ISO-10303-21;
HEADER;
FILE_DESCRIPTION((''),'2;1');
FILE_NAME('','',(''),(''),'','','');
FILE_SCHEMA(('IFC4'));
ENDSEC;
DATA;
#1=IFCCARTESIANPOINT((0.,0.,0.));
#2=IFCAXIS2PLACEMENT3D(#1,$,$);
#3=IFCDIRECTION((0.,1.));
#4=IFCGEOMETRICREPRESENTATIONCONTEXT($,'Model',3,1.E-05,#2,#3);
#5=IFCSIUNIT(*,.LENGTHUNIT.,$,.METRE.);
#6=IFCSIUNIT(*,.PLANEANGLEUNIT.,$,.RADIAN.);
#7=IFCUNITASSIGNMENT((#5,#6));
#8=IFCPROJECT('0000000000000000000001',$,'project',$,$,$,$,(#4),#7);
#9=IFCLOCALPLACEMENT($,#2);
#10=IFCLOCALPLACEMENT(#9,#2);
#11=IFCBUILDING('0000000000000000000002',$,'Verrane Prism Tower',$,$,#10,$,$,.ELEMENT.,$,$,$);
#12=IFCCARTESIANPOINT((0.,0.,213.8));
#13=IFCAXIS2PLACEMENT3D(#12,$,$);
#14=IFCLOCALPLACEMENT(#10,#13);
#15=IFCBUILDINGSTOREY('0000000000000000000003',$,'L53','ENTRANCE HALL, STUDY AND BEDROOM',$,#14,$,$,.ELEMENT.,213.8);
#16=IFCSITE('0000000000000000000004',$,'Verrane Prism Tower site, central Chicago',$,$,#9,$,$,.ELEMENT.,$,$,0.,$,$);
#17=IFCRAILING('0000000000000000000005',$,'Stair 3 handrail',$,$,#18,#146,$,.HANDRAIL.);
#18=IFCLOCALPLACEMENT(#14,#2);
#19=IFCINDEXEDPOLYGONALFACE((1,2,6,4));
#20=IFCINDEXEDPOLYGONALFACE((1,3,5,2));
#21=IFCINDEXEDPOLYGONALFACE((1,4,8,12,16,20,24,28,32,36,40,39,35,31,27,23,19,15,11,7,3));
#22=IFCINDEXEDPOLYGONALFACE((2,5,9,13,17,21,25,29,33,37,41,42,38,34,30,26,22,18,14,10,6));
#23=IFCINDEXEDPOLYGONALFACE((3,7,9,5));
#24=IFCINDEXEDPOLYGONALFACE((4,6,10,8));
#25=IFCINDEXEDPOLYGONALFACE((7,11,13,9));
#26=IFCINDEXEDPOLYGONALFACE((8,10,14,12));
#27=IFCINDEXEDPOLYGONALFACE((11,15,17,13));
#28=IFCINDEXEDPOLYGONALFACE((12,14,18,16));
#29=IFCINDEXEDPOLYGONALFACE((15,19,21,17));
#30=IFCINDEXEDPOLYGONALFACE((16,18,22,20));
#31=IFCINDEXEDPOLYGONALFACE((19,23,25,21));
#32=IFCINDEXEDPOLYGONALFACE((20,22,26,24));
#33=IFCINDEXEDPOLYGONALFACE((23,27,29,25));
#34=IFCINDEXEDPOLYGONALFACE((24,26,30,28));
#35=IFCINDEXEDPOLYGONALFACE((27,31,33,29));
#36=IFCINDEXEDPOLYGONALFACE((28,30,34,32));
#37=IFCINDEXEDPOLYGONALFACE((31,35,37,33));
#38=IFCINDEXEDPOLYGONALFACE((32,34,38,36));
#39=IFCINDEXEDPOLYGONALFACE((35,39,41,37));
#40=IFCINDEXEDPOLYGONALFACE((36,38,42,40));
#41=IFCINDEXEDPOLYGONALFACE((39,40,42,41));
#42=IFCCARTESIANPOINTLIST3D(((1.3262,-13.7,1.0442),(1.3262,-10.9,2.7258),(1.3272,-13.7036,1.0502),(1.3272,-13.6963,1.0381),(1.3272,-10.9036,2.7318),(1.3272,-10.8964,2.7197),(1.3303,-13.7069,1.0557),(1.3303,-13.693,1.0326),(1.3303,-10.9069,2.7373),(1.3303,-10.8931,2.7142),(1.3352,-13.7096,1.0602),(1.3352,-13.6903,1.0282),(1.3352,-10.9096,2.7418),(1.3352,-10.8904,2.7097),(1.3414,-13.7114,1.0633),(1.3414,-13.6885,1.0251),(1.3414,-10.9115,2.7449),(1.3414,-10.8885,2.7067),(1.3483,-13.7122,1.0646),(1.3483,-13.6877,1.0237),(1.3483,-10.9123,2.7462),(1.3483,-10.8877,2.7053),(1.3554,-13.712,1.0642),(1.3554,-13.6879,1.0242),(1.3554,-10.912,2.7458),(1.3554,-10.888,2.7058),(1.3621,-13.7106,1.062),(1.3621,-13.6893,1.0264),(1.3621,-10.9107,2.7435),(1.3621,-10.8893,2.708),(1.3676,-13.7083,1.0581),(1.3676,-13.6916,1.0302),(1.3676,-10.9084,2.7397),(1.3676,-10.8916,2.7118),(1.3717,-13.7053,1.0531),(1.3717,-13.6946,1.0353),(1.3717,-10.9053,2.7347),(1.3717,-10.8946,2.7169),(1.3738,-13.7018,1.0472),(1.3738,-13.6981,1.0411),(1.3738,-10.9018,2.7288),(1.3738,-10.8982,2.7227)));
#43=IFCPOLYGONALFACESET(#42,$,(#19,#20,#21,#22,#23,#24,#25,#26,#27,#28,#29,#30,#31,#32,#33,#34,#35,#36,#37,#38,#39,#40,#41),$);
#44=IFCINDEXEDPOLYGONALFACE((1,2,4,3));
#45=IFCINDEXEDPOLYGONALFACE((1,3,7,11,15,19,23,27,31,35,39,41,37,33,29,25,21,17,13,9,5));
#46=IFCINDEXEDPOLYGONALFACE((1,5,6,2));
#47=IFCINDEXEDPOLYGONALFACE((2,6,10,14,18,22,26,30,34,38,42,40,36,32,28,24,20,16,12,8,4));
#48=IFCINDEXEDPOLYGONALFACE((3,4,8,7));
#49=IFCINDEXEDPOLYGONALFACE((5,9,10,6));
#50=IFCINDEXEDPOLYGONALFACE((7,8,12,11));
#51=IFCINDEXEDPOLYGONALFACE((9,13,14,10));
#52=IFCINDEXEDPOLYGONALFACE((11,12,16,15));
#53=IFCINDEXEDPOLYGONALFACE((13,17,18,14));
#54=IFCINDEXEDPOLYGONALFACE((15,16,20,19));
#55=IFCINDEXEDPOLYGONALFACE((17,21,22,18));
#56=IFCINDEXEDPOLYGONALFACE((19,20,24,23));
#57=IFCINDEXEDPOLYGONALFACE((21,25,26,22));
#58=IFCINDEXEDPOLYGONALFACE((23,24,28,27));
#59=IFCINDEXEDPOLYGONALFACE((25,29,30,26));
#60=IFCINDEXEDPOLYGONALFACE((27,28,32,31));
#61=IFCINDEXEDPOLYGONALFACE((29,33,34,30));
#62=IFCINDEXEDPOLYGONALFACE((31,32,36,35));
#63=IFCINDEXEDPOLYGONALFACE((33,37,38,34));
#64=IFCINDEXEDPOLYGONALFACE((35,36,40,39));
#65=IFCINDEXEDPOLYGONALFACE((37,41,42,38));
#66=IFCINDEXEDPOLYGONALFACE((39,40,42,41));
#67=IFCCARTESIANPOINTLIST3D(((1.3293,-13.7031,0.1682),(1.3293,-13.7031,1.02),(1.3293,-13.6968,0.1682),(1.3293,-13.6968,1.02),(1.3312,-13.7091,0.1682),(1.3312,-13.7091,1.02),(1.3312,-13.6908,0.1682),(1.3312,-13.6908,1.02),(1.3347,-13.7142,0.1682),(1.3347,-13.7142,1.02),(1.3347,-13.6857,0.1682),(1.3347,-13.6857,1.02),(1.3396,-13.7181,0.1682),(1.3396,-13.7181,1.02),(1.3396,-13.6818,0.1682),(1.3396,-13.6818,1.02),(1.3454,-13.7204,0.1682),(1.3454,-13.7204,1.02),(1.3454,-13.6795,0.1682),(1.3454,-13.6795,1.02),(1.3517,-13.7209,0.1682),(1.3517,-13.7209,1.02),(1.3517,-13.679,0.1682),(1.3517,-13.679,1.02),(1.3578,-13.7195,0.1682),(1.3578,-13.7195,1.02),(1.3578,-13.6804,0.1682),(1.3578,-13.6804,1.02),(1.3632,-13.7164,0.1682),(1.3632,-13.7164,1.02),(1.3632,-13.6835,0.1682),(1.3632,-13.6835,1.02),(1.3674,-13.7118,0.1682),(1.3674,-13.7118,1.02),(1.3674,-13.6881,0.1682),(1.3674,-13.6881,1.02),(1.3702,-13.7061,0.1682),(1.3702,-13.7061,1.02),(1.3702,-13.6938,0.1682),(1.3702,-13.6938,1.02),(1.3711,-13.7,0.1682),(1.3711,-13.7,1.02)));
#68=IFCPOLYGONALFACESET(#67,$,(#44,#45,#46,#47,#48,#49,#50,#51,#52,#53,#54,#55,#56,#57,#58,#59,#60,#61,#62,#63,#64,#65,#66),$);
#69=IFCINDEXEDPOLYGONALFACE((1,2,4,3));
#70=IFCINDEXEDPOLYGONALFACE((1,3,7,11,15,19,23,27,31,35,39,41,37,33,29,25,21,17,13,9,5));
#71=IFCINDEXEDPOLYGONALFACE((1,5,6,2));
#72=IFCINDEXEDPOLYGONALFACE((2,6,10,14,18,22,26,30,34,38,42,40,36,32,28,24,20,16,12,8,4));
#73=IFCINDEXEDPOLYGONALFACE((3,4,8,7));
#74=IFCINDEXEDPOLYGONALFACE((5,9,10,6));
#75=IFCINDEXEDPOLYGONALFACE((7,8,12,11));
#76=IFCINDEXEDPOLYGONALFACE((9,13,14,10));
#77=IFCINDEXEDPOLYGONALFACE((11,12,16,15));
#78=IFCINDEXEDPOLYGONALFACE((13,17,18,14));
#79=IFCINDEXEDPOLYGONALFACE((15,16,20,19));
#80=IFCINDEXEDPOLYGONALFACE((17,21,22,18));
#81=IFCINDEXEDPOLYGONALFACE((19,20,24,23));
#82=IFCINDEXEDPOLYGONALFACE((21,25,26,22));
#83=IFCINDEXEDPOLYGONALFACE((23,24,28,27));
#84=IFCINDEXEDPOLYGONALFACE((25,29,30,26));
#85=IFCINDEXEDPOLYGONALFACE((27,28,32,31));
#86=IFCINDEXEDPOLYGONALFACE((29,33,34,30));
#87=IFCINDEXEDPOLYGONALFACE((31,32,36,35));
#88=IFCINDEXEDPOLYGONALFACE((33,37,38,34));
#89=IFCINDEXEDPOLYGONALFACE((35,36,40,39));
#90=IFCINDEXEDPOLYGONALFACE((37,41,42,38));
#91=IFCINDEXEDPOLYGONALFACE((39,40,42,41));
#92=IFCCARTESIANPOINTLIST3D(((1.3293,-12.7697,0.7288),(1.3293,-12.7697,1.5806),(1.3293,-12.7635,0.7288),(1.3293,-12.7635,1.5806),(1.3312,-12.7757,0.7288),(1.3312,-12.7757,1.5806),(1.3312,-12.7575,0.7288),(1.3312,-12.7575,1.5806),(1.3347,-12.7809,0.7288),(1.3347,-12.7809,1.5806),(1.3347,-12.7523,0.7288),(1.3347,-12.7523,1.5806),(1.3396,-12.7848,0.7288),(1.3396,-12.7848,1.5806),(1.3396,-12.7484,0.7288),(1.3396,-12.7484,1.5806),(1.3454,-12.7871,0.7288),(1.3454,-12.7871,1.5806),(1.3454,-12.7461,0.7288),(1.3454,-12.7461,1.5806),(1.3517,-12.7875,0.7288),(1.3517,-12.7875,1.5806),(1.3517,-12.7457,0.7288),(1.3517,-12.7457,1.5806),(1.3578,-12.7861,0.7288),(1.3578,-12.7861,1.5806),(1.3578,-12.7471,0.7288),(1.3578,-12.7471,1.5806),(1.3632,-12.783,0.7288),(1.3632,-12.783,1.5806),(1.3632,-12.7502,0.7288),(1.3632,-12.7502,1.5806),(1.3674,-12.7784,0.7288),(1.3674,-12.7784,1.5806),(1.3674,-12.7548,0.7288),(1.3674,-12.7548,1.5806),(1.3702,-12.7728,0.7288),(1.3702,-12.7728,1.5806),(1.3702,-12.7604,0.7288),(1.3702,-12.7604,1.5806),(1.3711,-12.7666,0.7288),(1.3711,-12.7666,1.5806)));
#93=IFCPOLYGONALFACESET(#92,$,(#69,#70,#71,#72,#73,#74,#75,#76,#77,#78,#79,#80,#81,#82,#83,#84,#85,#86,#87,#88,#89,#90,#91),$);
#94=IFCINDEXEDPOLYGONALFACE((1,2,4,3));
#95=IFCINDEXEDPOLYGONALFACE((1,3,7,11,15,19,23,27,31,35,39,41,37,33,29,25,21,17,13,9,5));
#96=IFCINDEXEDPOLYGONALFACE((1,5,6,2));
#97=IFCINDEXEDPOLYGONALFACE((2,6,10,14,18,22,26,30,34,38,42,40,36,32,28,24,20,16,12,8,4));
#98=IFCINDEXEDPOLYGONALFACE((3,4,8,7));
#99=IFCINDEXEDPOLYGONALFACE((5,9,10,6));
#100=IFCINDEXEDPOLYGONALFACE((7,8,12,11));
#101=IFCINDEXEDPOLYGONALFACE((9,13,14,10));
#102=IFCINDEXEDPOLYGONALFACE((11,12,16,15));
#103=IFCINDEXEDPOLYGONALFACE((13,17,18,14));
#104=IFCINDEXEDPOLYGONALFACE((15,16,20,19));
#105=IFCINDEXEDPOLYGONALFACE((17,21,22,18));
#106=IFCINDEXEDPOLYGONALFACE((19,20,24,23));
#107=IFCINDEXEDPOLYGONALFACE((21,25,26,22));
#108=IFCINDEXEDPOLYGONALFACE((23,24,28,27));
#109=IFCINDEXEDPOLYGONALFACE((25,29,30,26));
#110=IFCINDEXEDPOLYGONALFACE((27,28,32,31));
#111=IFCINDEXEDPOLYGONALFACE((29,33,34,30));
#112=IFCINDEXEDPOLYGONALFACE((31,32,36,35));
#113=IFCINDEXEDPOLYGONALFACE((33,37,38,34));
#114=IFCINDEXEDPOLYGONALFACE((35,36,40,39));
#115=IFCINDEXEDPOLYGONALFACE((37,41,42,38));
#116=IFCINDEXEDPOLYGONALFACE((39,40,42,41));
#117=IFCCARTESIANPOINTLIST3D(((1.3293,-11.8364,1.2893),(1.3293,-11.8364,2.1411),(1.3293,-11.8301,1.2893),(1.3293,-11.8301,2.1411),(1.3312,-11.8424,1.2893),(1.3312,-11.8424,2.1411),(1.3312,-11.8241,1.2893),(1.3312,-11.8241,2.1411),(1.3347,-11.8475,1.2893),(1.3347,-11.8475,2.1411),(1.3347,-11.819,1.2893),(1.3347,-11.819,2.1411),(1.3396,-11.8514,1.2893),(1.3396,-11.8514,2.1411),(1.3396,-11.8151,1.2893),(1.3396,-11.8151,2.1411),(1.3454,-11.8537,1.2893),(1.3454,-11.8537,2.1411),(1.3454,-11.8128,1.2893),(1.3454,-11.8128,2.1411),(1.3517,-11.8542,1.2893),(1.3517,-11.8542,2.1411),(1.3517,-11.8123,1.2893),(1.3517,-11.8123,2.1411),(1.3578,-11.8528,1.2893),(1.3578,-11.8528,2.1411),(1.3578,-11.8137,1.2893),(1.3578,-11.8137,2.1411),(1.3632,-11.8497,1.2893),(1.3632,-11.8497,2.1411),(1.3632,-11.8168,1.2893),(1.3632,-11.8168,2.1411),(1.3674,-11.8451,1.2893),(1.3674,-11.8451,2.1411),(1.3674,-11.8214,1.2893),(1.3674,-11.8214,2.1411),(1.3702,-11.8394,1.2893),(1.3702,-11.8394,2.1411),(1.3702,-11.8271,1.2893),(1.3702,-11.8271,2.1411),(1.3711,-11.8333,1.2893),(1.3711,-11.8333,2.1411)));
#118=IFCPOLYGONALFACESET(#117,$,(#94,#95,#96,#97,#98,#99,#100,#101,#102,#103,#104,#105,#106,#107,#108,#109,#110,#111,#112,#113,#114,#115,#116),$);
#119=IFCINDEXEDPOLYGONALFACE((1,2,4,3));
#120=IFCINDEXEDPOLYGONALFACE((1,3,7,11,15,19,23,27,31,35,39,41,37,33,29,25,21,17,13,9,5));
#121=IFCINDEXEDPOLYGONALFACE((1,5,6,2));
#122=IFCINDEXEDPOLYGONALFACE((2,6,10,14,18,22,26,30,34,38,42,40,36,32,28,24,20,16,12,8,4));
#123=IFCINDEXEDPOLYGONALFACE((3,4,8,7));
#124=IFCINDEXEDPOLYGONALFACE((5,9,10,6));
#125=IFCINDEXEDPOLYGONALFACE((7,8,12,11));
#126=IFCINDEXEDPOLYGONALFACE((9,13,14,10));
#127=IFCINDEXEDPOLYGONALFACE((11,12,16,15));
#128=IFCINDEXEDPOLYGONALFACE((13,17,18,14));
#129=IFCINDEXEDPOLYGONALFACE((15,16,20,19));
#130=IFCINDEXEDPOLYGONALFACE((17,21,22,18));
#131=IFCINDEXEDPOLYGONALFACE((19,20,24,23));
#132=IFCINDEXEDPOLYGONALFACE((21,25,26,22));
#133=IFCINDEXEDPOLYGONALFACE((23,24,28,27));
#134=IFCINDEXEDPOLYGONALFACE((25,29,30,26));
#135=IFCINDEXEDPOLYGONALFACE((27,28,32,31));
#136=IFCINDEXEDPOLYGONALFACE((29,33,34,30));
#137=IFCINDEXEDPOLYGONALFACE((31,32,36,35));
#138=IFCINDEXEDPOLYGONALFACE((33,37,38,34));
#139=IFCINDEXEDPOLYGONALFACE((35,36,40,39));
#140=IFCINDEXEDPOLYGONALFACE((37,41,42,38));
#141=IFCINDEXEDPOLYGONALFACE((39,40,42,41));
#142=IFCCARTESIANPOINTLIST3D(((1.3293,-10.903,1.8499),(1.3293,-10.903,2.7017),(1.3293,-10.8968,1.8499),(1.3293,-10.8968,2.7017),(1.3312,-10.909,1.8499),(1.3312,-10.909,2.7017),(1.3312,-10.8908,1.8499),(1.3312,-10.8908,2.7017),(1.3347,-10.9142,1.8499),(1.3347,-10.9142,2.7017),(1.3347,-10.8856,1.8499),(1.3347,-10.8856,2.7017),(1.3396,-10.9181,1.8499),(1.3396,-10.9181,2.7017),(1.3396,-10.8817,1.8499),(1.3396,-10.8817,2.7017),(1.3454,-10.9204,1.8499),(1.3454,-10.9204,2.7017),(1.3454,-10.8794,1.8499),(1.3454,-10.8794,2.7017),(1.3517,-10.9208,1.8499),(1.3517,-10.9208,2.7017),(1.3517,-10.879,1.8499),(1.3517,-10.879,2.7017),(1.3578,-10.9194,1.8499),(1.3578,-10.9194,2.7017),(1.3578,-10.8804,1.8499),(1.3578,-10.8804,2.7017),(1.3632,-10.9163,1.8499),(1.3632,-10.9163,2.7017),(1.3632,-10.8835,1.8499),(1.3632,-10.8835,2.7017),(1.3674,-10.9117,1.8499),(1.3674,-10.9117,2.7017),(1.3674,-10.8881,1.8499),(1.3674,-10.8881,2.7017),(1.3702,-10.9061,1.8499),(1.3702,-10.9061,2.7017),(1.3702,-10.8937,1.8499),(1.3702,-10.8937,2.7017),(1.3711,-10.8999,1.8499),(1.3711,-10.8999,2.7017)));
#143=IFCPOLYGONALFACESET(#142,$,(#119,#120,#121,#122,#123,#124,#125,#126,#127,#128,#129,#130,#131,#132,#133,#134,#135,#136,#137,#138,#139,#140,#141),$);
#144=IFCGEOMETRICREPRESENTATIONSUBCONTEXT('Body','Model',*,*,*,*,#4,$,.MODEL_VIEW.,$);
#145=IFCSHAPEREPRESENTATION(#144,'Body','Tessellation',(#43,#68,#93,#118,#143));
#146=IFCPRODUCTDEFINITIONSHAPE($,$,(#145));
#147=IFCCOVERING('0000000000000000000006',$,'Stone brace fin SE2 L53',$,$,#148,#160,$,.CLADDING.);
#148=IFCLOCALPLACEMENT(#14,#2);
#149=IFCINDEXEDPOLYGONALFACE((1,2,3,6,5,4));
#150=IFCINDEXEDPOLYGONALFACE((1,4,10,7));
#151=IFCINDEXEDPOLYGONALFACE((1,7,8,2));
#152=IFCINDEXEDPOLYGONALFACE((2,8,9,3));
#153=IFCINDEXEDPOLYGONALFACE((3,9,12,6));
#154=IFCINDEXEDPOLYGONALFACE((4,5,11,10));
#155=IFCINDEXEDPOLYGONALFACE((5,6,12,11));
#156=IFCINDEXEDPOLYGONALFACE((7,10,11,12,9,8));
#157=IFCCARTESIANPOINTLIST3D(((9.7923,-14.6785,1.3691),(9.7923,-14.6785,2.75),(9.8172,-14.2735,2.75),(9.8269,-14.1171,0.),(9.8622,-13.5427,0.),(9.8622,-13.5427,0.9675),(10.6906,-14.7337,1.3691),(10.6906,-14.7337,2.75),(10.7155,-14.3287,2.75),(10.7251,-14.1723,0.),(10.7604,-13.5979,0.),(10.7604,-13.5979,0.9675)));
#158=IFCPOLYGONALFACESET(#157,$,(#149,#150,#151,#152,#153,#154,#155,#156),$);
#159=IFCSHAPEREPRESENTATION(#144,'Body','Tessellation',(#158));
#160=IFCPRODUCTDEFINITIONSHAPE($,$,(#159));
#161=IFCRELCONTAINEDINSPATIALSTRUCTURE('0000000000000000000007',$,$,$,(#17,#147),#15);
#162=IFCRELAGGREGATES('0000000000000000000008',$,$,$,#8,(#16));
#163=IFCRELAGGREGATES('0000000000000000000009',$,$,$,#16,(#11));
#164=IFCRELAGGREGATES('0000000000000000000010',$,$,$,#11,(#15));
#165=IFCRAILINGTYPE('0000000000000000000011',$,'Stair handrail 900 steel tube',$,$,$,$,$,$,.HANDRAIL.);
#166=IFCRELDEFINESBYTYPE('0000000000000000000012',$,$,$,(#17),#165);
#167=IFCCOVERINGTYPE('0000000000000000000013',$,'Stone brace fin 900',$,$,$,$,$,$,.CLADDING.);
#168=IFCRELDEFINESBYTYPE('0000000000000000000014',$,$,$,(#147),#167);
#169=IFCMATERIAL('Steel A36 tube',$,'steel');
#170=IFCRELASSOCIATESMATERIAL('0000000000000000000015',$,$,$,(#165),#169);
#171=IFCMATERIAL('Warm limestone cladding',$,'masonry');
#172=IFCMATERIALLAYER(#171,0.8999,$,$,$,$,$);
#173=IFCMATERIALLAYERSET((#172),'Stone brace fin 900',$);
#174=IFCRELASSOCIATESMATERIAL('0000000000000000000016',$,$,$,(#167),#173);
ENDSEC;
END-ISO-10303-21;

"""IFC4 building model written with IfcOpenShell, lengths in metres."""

from ifc_helpers import new_model, si_unit, direction, frame, origin, origin_2d, place, context, subcontext, project, spatial, polyline, circle, outline, extrude, material, layer, layer_set, type_object, element, save


model = new_model("IFC4")

# Units and contexts
model_context = context("Model", 3, precision=1e-05, world=origin(), true_north=direction((0.0, 1.0)))
body_context = subcontext(model_context, "Body", "Model", "MODEL_VIEW")
ifc_project = project(units=[si_unit("LENGTHUNIT", "METRE"), si_unit("PLANEANGLEUNIT", "RADIAN")], contexts=[model_context])

# Site, building, storey
site_placement = place(None, origin())
site = spatial("IfcSite", under=ifc_project, at=site_placement, Name="Verrane Prism Tower site, central Chicago", CompositionType="ELEMENT", RefElevation=0.0)
building_placement = place(site_placement, origin())
building = spatial("IfcBuilding", under=site, at=building_placement, Name="Verrane Prism Tower", CompositionType="ELEMENT")
storey_placement = place(building_placement, frame((0.0, 0.0, 213.8)))
storey = spatial("IfcBuildingStorey", under=building, at=storey_placement, Name="L53", Description="ENTRANCE HALL, STUDY AND BEDROOM", CompositionType="ELEMENT", Elevation=213.8)

# Railing
ifc_material_1 = material(Name="Steel A36 tube", Category="steel")
railing_type_1 = type_object("IfcRailingType", Name="Stair handrail 900 steel tube", PredefinedType="HANDRAIL", material=ifc_material_1)
railing_1_placement = place(storey_placement, frame((1.3501, -13.7, 0.1682)))
element("IfcRailing", 1, at=railing_1_placement, inside=storey, type_object=railing_type_1, Name="Stair 3 handrail", PredefinedType="HANDRAIL", context=body_context, shape_type="SweptSolid", body=[
    extrude(circle(Radius=0.0239, at=origin_2d()), frame((0.0, 0.0, 0.876), z_axis=(0.0, 0.857275, 0.514858), x_axis=(-1.0, 0.0, 0.0)), (0.0, 0.0, 1.0), 3.2661),
    extrude(circle(Radius=0.021, at=origin_2d()), origin(), (0.0, 0.0, 1.0), 0.8518),
    extrude(circle(Radius=0.021, at=origin_2d()), frame((0.0, 0.9333, 0.5605)), (0.0, 0.0, 1.0), 0.8518),
    extrude(circle(Radius=0.021, at=origin_2d()), frame((0.0, 1.8667, 1.1211)), (0.0, 0.0, 1.0), 0.8518),
    extrude(circle(Radius=0.021, at=origin_2d()), frame((0.0, 2.8, 1.6816)), (0.0, 0.0, 1.0), 0.8518),
])

# Covering
ifc_material_2 = material(Name="Warm limestone cladding", Category="masonry")
ifc_layer_1 = layer(ifc_material_2, 0.8999)
ifc_layer_set_1 = layer_set([ifc_layer_1], Name="Stone brace fin 900")
covering_type = type_object("IfcCoveringType", Name="Stone brace fin 900", PredefinedType="CLADDING", material=ifc_layer_set_1)
covering_placement = place(storey_placement, frame((10.3113, -13.5703, 0.0), z_axis=(0.0, 0.0, 1.0), x_axis=(-0.061363, -0.998116, 0.0)))
element("IfcCovering", 2, at=covering_placement, inside=storey, type_object=covering_type, Name="Stone brace fin SE2 L53", PredefinedType="CLADDING", context=body_context, shape_type="SweptSolid", body=[
    extrude(outline(polyline([(1.1379, 2.75), (0.7322, 2.75), (0.0, 0.9675), (0.0, 0.0), (0.5754, 0.0), (1.1379, 1.3691), (1.1379, 2.75)])), frame((0.0, 0.45, 0.0), z_axis=(0.0, -1.0, 0.0), x_axis=(1.0, 0.0, 0.0)), (0.0, 0.0, 1.0), 0.8999),
])

save(model, "model.ifc")
